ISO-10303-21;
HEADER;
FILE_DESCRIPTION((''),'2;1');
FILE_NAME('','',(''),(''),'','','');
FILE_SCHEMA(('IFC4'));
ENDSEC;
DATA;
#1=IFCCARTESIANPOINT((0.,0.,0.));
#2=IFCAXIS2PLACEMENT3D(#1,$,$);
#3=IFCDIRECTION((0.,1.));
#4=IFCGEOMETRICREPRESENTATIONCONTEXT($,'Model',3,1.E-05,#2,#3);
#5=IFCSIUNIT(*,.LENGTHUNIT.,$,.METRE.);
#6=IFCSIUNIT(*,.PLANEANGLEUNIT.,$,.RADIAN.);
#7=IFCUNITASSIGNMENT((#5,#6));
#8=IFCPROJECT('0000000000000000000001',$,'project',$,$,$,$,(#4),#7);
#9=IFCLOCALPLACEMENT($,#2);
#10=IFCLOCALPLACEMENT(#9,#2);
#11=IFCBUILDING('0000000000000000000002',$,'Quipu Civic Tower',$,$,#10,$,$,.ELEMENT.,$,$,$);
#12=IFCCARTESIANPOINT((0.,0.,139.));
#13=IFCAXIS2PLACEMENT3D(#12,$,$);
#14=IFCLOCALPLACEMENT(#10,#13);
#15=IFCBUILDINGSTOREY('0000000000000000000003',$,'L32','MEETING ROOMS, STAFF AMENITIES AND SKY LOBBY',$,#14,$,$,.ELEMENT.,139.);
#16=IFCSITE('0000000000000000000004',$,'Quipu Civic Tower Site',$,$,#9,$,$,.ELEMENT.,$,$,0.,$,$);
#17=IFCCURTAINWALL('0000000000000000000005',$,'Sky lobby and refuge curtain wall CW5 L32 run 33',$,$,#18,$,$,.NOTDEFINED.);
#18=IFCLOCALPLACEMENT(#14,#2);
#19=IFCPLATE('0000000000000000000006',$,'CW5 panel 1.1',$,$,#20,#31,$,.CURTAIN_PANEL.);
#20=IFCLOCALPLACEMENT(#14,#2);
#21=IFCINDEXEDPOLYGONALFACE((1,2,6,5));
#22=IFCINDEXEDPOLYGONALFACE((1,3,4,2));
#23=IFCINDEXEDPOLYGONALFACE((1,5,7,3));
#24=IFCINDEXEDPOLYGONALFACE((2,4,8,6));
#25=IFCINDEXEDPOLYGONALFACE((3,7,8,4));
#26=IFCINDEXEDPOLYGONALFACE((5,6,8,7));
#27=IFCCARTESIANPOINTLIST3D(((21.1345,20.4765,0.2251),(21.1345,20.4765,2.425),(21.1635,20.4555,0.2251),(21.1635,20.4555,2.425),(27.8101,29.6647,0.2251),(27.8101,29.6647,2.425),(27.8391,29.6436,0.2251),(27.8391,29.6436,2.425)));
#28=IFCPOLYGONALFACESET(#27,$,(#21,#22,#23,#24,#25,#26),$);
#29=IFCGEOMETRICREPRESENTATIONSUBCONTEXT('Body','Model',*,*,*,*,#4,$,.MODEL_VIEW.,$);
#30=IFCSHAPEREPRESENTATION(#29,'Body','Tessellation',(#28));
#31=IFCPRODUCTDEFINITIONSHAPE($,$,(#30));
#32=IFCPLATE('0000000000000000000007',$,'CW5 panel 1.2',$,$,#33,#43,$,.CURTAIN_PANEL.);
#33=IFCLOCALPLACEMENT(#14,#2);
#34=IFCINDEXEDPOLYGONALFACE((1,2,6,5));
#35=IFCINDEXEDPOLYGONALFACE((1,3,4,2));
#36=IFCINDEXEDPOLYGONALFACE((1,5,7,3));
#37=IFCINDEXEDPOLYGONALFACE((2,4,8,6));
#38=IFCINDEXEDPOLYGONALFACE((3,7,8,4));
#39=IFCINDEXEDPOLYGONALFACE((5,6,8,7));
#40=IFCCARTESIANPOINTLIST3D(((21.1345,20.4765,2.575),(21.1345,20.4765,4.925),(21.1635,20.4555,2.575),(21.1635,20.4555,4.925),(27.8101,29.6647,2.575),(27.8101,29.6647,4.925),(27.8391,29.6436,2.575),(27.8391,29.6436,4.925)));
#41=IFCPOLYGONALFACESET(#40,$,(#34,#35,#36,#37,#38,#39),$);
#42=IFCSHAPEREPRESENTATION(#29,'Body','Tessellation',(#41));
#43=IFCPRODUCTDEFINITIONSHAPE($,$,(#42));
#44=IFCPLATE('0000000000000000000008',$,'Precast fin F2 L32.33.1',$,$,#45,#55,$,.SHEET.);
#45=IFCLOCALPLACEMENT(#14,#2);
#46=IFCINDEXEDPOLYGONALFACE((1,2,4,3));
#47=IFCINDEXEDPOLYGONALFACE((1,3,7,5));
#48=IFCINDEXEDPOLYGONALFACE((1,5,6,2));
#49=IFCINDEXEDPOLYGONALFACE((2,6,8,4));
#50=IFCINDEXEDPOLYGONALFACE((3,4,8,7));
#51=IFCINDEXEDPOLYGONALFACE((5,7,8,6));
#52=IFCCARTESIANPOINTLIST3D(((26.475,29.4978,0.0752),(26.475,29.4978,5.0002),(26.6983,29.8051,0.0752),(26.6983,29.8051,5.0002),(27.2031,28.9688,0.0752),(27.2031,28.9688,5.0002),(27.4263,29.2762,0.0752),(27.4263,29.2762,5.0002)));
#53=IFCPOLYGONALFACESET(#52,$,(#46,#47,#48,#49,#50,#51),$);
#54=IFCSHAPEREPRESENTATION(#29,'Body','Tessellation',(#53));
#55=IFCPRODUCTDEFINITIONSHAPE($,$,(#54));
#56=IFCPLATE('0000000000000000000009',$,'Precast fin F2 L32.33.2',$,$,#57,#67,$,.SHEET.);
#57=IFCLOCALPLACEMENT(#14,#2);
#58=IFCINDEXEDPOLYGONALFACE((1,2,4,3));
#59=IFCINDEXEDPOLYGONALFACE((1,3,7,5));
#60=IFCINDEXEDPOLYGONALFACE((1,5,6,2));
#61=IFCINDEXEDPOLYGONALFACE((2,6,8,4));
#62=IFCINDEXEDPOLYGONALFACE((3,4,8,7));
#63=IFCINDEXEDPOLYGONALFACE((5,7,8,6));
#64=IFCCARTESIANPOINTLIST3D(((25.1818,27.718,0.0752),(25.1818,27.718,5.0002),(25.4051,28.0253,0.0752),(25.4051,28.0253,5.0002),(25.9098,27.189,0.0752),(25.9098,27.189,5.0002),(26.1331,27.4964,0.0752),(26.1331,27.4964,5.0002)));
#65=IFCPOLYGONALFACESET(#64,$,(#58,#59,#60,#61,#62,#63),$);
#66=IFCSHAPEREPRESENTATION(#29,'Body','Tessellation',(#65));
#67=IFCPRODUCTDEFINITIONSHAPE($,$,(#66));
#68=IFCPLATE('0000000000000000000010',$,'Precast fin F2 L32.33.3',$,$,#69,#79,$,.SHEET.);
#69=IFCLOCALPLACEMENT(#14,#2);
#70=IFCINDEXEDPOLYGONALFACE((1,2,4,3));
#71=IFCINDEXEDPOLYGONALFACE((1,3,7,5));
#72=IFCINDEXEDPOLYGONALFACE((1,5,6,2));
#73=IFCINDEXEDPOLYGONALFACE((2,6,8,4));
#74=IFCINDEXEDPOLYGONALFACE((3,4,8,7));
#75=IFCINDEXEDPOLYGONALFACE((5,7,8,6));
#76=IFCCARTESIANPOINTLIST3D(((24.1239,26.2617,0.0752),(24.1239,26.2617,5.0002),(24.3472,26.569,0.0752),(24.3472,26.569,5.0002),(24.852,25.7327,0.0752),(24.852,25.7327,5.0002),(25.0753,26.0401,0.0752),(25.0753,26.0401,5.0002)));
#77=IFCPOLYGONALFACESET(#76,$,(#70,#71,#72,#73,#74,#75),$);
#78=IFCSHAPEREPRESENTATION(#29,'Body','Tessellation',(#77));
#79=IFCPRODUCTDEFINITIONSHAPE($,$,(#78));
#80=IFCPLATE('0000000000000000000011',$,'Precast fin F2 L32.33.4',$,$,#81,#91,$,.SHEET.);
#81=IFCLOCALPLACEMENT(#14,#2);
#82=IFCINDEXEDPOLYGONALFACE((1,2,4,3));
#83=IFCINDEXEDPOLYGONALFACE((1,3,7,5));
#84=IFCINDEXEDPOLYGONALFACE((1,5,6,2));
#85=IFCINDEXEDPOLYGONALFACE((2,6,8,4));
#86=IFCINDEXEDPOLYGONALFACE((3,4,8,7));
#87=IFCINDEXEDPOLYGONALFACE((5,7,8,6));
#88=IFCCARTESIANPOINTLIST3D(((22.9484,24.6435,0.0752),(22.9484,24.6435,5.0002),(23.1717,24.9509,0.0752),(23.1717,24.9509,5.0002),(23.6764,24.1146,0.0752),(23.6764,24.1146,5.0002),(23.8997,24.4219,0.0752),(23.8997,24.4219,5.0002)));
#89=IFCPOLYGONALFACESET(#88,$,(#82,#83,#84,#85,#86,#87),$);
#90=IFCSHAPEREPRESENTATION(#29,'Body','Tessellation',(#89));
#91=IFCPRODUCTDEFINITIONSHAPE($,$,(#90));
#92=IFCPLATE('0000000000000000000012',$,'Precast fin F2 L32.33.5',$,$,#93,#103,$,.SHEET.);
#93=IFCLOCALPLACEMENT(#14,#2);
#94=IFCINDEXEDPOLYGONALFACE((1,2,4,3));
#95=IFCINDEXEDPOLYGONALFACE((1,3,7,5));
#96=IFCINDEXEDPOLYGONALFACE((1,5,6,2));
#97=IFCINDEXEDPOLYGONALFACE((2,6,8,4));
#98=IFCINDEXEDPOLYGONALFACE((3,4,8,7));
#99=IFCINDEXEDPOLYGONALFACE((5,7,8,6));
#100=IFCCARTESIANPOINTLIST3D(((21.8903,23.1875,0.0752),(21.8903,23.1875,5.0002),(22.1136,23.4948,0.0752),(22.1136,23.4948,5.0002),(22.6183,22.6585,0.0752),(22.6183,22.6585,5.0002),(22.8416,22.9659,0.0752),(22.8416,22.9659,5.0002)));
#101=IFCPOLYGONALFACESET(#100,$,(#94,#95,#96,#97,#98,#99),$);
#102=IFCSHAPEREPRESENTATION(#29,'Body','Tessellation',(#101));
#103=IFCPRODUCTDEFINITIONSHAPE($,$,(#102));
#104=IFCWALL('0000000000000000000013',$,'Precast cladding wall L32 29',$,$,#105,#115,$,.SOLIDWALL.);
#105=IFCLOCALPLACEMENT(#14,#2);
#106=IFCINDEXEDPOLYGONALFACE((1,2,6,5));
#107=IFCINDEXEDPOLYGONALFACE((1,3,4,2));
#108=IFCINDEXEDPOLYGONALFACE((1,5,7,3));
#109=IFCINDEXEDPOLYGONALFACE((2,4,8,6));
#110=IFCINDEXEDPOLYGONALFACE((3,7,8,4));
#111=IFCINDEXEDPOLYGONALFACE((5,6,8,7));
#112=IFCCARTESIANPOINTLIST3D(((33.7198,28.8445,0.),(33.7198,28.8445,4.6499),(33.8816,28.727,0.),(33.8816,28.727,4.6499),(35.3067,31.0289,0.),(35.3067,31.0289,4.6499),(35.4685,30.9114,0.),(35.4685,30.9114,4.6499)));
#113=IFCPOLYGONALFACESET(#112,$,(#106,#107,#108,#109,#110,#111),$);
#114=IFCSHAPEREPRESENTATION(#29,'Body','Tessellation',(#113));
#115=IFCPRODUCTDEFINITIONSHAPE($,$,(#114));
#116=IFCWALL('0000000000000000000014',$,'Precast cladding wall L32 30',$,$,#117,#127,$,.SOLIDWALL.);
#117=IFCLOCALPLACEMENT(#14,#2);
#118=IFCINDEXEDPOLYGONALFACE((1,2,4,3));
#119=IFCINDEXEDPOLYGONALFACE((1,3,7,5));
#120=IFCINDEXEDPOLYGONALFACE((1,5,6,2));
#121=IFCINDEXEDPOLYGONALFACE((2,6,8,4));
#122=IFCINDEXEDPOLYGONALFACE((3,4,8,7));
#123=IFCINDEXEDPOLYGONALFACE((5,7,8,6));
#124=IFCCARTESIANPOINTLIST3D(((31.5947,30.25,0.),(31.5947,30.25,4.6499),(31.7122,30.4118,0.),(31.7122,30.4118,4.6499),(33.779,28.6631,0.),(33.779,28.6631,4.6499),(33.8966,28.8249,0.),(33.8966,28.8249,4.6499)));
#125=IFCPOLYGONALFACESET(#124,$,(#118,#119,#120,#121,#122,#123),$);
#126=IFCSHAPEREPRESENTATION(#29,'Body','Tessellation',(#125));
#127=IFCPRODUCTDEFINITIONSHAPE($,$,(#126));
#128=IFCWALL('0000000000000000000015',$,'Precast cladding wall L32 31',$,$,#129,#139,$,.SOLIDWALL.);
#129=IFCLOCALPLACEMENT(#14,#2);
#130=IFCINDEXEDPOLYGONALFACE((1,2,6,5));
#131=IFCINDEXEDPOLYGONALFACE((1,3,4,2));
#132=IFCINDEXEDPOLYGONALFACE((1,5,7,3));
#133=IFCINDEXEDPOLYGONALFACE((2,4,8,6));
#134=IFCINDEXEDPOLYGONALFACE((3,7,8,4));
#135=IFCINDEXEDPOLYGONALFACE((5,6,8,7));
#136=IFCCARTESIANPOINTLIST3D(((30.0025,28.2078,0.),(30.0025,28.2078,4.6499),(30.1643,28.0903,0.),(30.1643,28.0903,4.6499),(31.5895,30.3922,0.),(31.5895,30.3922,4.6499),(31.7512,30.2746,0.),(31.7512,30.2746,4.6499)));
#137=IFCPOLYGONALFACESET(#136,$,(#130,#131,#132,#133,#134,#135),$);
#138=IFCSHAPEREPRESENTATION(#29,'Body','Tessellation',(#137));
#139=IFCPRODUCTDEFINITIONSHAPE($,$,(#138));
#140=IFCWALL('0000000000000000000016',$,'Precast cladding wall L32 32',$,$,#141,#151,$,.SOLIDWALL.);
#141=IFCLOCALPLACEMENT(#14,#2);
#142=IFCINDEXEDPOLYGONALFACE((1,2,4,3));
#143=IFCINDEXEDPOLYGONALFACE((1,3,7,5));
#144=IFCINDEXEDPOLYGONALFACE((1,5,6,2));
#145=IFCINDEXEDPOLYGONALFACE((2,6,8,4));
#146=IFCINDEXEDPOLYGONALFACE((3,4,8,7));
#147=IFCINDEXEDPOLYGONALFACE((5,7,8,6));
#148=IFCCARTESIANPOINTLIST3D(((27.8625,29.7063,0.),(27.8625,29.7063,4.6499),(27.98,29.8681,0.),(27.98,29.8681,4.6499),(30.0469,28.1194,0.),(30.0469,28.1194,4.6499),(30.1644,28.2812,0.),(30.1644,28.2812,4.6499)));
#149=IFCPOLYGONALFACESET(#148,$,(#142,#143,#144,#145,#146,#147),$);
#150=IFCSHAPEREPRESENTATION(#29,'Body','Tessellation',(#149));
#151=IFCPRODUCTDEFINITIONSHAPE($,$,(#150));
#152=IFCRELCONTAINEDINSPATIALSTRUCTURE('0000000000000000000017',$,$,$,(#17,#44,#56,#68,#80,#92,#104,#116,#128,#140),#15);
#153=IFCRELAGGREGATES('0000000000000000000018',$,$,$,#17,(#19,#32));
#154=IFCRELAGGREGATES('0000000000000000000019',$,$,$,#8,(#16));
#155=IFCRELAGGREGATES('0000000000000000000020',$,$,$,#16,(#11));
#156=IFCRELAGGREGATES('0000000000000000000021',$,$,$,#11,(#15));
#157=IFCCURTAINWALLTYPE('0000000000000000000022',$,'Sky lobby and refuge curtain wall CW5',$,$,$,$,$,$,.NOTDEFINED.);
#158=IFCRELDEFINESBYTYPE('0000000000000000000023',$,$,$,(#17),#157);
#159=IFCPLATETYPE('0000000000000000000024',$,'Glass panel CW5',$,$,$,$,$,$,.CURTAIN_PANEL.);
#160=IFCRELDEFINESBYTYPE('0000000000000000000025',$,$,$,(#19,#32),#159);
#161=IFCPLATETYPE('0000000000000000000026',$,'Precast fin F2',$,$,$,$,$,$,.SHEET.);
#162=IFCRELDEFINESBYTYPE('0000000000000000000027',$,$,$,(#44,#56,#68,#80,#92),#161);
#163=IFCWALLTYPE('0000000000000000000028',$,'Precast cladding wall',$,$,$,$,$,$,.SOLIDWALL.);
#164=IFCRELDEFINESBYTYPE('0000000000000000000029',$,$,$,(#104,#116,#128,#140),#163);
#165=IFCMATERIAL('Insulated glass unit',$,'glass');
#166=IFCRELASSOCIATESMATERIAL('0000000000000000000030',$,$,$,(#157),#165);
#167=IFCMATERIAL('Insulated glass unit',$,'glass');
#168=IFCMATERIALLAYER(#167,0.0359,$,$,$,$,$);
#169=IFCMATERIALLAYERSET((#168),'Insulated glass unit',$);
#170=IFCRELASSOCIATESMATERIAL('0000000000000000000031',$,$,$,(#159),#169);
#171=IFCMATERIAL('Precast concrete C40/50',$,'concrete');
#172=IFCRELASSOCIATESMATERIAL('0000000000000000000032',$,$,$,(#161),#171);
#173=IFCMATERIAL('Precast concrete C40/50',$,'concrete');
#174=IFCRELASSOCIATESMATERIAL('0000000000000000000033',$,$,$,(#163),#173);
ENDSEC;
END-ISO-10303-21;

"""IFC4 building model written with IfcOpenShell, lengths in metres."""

from ifc_helpers import new_model, si_unit, direction, frame, frame_2d, origin, origin_2d, place, context, subcontext, project, spatial, rectangle, extrude, material, layer, layer_set, type_object, element, aggregate, save


model = new_model("IFC4")

# Units and contexts
model_context = context("Model", 3, precision=1e-05, world=origin(), true_north=direction((0.0, 1.0)))
body_context = subcontext(model_context, "Body", "Model", "MODEL_VIEW")
ifc_project = project(units=[si_unit("LENGTHUNIT", "METRE"), si_unit("PLANEANGLEUNIT", "RADIAN")], contexts=[model_context])

# Site, building, storey
site_placement = place(None, origin())
site = spatial("IfcSite", under=ifc_project, at=site_placement, Name="Quipu Civic Tower Site", CompositionType="ELEMENT", RefElevation=0.0)
building_placement = place(site_placement, origin())
building = spatial("IfcBuilding", under=site, at=building_placement, Name="Quipu Civic Tower", CompositionType="ELEMENT")
storey_placement = place(building_placement, frame((0.0, 0.0, 139.0)))
storey = spatial("IfcBuildingStorey", under=building, at=storey_placement, Name="L32", Description="MEETING ROOMS, STAFF AMENITIES AND SKY LOBBY", CompositionType="ELEMENT", Elevation=139.0)

# Curtain wall
ifc_material_1 = material(Name="Insulated glass unit", Category="glass")
curtain_wall_type = type_object("IfcCurtainWallType", Name="Sky lobby and refuge curtain wall CW5", PredefinedType="NOTDEFINED", material=ifc_material_1)
curtain_wall_1_placement = place(storey_placement, origin())
curtain_wall_1 = element("IfcCurtainWall", 1, at=curtain_wall_1_placement, inside=storey, type_object=curtain_wall_type, Name="Sky lobby and refuge curtain wall CW5 L32 run 33", PredefinedType="NOTDEFINED")

# Plates
ifc_material_2 = material(Name="Insulated glass unit", Category="glass")
ifc_layer = layer(ifc_material_2, 0.0359)
ifc_layer_set = layer_set([ifc_layer], Name="Insulated glass unit")
plate_type_1 = type_object("IfcPlateType", Name="Glass panel CW5", PredefinedType="CURTAIN_PANEL", material=ifc_layer_set)
plate_1_placement = place(storey_placement, frame((24.4868, 25.0601, 0.2251), z_axis=(0.0, 0.0, 1.0), x_axis=(-0.587789, -0.809014, 0.0)))
plate_1 = element("IfcPlate", 2, at=plate_1_placement, type_object=plate_type_1, Name="CW5 panel 1.1", PredefinedType="CURTAIN_PANEL", context=body_context, shape_type="SweptSolid", body=[
    extrude(rectangle(XDim=11.3572, YDim=0.0359, at=origin_2d()), origin(), (0.0, 0.0, 1.0), 2.2),
])
plate_2_placement = place(storey_placement, frame((24.4868, 25.0601, 2.575), z_axis=(0.0, 0.0, 1.0), x_axis=(-0.587789, -0.809014, 0.0)))
plate_2 = element("IfcPlate", 3, at=plate_2_placement, type_object=plate_type_1, Name="CW5 panel 1.2", PredefinedType="CURTAIN_PANEL", context=body_context, shape_type="SweptSolid", body=[
    extrude(rectangle(XDim=11.3572, YDim=0.0359, at=origin_2d()), origin(), (0.0, 0.0, 1.0), 2.3501),
])
aggregate(curtain_wall_1, [plate_1, plate_2])

# Plates
ifc_material_3 = material(Name="Precast concrete C40/50", Category="concrete")
plate_type_2 = type_object("IfcPlateType", Name="Precast fin F2", PredefinedType="SHEET", material=ifc_material_3)
for number, where, z_axis, x_axis, name in (
    (4, (26.9507, 29.387, 0.0752), (0.0, 0.0, 1.0), (-0.587787, -0.809016, 0.0), "Precast fin F2 L32.33.1"),
    (5, (25.6575, 27.6072, 0.0752), (0.0, 0.0, 1.0), (-0.587787, -0.809016, 0.0), "Precast fin F2 L32.33.2"),
    (6, (24.5996, 26.1509, 0.0752), (0.0, 0.0, 1.0), (-0.587787, -0.809016, 0.0), "Precast fin F2 L32.33.3"),
    (7, (23.4241, 24.5327, 0.0752), (0.0, 0.0, 1.0), (-0.587787, -0.809016, 0.0), "Precast fin F2 L32.33.4"),
    (8, (22.366, 23.0767, 0.0752), (0.0, 0.0, 1.0), (-0.587787, -0.809016, 0.0), "Precast fin F2 L32.33.5"),
):
    element("IfcPlate", number, at=place(storey_placement, frame(where, z_axis=z_axis, x_axis=x_axis)), inside=storey, type_object=plate_type_2, Name=name, PredefinedType="SHEET", context=body_context, shape_type="SweptSolid", body=[
        extrude(rectangle(XDim=0.3799, YDim=0.8999, at=origin_2d()), origin(), (0.0, 0.0, 1.0), 4.925),
    ])

# Walls
ifc_material_4 = material(Name="Precast concrete C40/50", Category="concrete")
wall_type = type_object("IfcWallType", Name="Precast cladding wall", PredefinedType="SOLIDWALL", material=ifc_material_4)
for number, where, z_axis, x_axis, name in (
    (9, (35.3877, 30.9702, 0.0), (0.0, 0.0, 1.0), (-0.587763, -0.809033, 0.0), "Precast cladding wall L32 29"),
    (10, (33.8379, 28.7439, 0.0), (0.0, 0.0, 1.0), (-0.809033, 0.587763, 0.0), "Precast cladding wall L32 30"),
    (11, (31.6704, 30.3335, 0.0), (0.0, 0.0, 1.0), (-0.587763, -0.809033, 0.0), "Precast cladding wall L32 31"),
    (12, (30.1057, 28.2002, 0.0), (0.0, 0.0, 1.0), (-0.809033, 0.587763, 0.0), "Precast cladding wall L32 32"),
):
    element("IfcWall", number, at=place(storey_placement, frame(where, z_axis=z_axis, x_axis=x_axis)), inside=storey, type_object=wall_type, Name=name, PredefinedType="SOLIDWALL", context=body_context, shape_type="SweptSolid", body=[
        extrude(rectangle(XDim=2.7, YDim=0.2, at=frame_2d((1.3501, 0.0))), origin(), (0.0, 0.0, 1.0), 4.6499),
    ])

save(model, "model.ifc")
